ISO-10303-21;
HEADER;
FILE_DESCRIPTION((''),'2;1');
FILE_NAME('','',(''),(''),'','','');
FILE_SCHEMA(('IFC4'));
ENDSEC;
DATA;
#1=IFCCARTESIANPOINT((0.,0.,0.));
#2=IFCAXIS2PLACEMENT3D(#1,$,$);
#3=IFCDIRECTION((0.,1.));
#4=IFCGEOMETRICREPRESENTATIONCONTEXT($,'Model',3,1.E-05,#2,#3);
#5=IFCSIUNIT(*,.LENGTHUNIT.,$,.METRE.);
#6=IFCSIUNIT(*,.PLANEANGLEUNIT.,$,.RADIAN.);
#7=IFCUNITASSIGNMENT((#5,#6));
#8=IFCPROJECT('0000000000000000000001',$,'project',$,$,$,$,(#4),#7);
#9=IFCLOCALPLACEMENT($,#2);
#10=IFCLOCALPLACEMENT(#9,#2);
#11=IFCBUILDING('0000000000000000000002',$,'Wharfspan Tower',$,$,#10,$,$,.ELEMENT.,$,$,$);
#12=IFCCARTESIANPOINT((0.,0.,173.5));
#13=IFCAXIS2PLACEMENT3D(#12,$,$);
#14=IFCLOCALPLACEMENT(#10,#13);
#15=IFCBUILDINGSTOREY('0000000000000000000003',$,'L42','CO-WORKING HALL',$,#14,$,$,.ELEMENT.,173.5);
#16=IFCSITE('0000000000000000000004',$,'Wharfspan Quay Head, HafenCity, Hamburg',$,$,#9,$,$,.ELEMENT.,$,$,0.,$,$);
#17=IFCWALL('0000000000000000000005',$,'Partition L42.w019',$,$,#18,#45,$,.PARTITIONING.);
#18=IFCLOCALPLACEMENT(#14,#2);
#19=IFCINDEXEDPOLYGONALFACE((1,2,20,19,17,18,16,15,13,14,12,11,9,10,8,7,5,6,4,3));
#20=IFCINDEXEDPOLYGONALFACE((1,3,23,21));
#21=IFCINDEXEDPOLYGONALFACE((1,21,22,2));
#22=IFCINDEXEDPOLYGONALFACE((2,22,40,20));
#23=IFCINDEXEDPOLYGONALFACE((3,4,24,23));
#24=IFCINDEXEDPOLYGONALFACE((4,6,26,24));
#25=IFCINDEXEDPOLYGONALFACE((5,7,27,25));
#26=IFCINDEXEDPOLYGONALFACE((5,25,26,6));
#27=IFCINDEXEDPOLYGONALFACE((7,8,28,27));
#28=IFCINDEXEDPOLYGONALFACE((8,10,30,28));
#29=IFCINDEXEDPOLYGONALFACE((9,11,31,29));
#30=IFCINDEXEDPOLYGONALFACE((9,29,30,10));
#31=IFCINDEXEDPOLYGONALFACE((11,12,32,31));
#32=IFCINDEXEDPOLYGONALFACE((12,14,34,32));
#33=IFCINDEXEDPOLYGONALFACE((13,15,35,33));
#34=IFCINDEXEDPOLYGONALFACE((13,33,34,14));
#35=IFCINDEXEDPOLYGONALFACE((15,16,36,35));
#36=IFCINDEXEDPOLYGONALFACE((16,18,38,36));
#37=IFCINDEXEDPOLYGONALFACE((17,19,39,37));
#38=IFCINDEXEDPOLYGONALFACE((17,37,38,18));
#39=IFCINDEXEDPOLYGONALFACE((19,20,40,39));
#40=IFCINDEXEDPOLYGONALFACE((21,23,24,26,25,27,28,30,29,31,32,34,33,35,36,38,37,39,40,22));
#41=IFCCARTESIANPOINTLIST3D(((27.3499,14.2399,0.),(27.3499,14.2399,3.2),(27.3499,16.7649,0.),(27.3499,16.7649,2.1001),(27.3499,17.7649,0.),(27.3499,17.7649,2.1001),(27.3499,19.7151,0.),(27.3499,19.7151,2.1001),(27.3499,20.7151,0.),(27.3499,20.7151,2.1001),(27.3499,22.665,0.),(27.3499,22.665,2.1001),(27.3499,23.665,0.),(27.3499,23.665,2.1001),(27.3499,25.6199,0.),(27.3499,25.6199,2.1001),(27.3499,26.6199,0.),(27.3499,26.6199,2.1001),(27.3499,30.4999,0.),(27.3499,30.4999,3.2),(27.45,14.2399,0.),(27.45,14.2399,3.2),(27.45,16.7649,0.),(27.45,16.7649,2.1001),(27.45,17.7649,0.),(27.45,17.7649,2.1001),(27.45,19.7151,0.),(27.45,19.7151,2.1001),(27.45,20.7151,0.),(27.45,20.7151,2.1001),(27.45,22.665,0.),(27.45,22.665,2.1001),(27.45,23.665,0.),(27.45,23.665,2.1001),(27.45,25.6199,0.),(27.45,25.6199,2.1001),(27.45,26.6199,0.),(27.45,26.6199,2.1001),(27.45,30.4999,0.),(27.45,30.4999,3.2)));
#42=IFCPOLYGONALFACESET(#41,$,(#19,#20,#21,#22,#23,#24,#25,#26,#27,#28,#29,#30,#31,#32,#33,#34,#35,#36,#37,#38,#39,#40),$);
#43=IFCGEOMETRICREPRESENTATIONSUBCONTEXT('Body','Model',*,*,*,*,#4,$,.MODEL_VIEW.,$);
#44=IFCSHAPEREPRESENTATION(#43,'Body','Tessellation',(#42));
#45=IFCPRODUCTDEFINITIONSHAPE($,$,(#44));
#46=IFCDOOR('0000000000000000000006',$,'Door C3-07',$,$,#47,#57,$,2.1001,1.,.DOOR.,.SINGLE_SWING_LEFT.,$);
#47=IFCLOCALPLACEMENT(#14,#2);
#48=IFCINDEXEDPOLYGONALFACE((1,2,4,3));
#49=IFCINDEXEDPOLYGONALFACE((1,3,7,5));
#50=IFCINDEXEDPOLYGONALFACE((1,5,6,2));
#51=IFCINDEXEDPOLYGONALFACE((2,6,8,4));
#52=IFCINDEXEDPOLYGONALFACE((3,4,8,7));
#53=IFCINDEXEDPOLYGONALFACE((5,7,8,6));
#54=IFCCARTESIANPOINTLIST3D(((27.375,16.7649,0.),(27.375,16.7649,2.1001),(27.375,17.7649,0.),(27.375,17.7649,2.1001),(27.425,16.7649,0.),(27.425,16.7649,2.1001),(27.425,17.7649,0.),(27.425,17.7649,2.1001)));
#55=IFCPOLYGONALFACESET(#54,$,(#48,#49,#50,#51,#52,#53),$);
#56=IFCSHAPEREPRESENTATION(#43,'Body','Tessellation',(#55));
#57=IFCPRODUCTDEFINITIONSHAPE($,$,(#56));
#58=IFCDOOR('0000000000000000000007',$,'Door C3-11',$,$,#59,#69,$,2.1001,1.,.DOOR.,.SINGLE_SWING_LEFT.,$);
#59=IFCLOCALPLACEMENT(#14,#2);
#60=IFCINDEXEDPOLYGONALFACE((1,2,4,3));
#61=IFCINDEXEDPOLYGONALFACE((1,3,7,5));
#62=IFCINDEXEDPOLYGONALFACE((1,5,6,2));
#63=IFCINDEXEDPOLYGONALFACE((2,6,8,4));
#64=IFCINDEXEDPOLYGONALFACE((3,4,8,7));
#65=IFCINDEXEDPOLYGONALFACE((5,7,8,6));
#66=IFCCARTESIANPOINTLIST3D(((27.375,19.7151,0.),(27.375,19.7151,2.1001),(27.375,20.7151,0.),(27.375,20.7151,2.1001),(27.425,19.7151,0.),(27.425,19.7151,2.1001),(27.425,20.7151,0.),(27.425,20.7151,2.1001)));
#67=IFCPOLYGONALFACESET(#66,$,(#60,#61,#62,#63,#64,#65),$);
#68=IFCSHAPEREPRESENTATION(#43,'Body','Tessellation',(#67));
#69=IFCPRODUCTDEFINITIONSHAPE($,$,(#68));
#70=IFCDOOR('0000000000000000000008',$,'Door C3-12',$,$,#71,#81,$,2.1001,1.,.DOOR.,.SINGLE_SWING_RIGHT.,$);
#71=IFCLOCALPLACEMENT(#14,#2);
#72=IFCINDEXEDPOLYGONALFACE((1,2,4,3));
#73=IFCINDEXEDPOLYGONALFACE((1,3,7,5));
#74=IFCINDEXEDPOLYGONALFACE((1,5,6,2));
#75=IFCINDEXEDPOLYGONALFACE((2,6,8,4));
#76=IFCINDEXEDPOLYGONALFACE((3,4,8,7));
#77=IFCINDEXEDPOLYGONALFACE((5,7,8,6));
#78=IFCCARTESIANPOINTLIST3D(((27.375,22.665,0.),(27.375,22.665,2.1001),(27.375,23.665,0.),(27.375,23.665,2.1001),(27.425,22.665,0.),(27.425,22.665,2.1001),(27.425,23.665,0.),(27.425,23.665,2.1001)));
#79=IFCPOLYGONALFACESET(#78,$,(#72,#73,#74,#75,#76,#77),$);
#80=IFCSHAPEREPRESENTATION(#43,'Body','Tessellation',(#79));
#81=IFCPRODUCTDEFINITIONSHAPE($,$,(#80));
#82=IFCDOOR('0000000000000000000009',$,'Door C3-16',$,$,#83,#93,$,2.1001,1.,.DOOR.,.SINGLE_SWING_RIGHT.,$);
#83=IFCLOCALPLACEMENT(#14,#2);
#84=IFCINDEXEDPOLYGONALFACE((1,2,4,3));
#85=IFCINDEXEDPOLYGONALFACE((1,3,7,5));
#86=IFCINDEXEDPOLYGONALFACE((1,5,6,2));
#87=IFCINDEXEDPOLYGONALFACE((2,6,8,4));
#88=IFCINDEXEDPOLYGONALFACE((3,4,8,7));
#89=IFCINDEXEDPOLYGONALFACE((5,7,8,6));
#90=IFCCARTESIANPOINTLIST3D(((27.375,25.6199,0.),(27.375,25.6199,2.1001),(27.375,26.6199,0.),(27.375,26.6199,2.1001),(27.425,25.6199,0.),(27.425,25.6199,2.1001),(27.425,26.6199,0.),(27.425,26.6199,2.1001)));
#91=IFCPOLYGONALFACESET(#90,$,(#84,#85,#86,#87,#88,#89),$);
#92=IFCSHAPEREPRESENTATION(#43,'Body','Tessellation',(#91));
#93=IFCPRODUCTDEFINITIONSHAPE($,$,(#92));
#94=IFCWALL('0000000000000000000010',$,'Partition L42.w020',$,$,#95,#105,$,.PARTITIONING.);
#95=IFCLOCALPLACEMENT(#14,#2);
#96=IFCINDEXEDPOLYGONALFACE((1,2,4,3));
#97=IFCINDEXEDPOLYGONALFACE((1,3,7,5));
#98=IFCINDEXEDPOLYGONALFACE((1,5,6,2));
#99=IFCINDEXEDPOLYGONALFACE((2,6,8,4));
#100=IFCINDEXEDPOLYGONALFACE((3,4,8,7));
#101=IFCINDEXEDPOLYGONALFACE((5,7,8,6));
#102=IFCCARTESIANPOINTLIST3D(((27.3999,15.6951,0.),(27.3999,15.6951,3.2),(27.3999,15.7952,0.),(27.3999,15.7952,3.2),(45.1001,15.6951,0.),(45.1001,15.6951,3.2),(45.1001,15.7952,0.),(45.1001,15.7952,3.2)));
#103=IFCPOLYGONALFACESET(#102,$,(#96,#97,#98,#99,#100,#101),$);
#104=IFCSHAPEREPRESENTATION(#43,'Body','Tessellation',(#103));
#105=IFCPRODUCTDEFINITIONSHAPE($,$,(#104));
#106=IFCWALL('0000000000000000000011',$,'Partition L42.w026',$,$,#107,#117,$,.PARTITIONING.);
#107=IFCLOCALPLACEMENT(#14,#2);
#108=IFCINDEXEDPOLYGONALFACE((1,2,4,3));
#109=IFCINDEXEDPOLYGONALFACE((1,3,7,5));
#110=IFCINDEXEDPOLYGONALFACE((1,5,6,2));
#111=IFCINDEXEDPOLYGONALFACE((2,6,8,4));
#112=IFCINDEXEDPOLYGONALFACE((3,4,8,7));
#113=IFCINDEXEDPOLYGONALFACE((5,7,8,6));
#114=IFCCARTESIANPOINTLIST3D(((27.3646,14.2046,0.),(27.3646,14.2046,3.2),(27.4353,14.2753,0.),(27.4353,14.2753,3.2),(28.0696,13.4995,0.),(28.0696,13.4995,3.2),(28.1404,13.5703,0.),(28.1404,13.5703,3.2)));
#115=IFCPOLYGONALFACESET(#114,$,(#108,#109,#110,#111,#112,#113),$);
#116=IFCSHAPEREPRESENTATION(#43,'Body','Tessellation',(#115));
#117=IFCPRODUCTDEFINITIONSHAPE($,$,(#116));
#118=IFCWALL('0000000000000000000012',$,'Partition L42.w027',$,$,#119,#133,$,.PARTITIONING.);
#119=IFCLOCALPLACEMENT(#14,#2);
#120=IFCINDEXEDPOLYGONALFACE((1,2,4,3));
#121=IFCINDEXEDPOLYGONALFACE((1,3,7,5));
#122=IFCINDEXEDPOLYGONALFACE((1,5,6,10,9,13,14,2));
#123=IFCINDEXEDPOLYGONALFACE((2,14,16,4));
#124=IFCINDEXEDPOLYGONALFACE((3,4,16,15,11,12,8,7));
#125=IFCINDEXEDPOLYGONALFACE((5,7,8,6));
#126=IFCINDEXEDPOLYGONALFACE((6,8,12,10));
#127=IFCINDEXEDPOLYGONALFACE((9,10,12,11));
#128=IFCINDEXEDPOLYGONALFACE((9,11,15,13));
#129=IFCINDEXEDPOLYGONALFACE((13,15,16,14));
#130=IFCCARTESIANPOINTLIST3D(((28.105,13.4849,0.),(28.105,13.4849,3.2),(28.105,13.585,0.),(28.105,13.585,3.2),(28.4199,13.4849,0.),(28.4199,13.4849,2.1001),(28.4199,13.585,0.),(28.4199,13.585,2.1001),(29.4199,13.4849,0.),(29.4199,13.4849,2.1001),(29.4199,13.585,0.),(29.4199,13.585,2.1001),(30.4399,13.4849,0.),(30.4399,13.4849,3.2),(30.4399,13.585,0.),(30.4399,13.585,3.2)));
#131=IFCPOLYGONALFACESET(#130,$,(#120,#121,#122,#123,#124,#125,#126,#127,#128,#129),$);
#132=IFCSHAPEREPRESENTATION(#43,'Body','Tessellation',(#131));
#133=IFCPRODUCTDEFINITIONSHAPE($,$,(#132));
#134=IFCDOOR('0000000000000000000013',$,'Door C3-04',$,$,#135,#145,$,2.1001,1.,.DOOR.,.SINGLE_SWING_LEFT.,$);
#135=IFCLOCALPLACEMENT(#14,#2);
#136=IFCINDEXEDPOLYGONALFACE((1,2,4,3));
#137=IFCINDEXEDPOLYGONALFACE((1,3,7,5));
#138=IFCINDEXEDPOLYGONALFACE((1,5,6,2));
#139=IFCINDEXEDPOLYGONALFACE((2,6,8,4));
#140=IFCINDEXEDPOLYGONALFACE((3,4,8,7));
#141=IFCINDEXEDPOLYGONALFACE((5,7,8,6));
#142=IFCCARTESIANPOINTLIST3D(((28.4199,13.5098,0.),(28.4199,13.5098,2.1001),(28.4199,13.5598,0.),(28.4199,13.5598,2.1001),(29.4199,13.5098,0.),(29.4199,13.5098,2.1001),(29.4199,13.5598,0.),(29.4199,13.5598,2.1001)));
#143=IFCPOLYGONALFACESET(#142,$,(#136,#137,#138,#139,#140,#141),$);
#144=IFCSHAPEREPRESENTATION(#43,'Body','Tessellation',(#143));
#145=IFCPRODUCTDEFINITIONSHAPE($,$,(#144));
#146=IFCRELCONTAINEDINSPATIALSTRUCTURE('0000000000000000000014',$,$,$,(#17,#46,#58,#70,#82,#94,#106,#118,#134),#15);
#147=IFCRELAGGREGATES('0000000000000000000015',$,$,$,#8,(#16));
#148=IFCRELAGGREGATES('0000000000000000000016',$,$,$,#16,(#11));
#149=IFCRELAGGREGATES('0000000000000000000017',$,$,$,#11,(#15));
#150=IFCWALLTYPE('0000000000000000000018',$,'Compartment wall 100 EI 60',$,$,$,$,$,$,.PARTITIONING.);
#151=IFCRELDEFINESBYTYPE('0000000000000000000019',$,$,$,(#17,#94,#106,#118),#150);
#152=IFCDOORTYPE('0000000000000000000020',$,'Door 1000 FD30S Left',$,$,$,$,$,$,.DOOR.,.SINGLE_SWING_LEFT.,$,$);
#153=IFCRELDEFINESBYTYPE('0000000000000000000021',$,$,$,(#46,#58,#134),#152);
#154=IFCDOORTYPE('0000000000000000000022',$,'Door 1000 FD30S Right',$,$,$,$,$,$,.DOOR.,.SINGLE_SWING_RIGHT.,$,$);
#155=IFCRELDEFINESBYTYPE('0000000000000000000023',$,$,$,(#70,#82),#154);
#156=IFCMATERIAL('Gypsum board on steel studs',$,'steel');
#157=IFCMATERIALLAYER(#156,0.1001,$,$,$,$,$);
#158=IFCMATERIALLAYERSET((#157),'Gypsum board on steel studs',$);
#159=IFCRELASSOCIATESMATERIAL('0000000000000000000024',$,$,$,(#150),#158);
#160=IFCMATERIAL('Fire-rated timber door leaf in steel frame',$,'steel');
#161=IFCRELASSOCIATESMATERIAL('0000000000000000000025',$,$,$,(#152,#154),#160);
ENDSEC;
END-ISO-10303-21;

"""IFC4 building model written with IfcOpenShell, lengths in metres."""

from ifc_helpers import new_model, si_unit, direction, frame, frame_2d, origin, place, context, subcontext, project, spatial, rectangle, extrude, material, layer, layer_set, type_object, element, fill, save


model = new_model("IFC4")

# Units and contexts
model_context = context("Model", 3, precision=1e-05, world=origin(), true_north=direction((0.0, 1.0)))
body_context = subcontext(model_context, "Body", "Model", "MODEL_VIEW")
ifc_project = project(units=[si_unit("LENGTHUNIT", "METRE"), si_unit("PLANEANGLEUNIT", "RADIAN")], contexts=[model_context])

# Site, building, storey
site_placement = place(None, origin())
site = spatial("IfcSite", under=ifc_project, at=site_placement, Name="Wharfspan Quay Head, HafenCity, Hamburg", CompositionType="ELEMENT", RefElevation=0.0)
building_placement = place(site_placement, origin())
building = spatial("IfcBuilding", under=site, at=building_placement, Name="Wharfspan Tower", CompositionType="ELEMENT")
storey_placement = place(building_placement, frame((0.0, 0.0, 173.5)))
storey = spatial("IfcBuildingStorey", under=building, at=storey_placement, Name="L42", Description="CO-WORKING HALL", CompositionType="ELEMENT", Elevation=173.5)

# Shared definitions
ifc_material_1 = material(Name="Gypsum board on steel studs", Category="steel")
ifc_layer_1 = layer(ifc_material_1, 0.1001)
ifc_layer_set_1 = layer_set([ifc_layer_1], Name="Gypsum board on steel studs")
wall_type_1 = type_object("IfcWallType", Name="Compartment wall 100 EI 60", PredefinedType="PARTITIONING", material=ifc_layer_set_1)

# Wall, openings, doors
ifc_material_2 = material(Name="Fire-rated timber door leaf in steel frame", Category="steel")
door_type_1 = type_object("IfcDoorType", Name="Door 1000 FD30S Left", OperationType="SINGLE_SWING_LEFT", PredefinedType="DOOR", material=ifc_material_2)
door_type_2 = type_object("IfcDoorType", Name="Door 1000 FD30S Right", OperationType="SINGLE_SWING_RIGHT", PredefinedType="DOOR", material=ifc_material_2)
wall_1_placement = place(storey_placement, frame((27.3999, 14.24, 0.0), z_axis=(0.0, 0.0, 1.0), x_axis=(0.0, 1.0, 0.0)))
wall_1 = element("IfcWall", 1, at=wall_1_placement, inside=storey, type_object=wall_type_1, Name="Partition L42.w019", PredefinedType="PARTITIONING", context=body_context, shape_type="SweptSolid", body=[
    extrude(rectangle(XDim=16.26, YDim=0.1001, at=frame_2d((8.1299, 0.0))), origin(), (0.0, 0.0, 1.0), 3.2),
])
opening_1_placement = place(wall_1_placement, frame((2.5249, 0.0, 0.0)))
opening_1 = element("IfcOpeningElement", 2, at=opening_1_placement, cuts=wall_1, PredefinedType="OPENING", context=body_context, shape_type="SweptSolid", body=[
    extrude(rectangle(XDim=1.0, YDim=2.1001, at=frame_2d((0.5, 1.05))), frame((0.0, 0.0601, 0.0), z_axis=(0.0, -1.0, 0.0), x_axis=(1.0, 0.0, 0.0)), (0.0, 0.0, 1.0), 0.1201),
])
opening_2_placement = place(wall_1_placement, frame((5.4751, 0.0, 0.0)))
opening_2 = element("IfcOpeningElement", 3, at=opening_2_placement, cuts=wall_1, PredefinedType="OPENING", context=body_context, shape_type="SweptSolid", body=[
    extrude(rectangle(XDim=1.0, YDim=2.1001, at=frame_2d((0.5, 1.05))), frame((0.0, 0.0601, 0.0), z_axis=(0.0, -1.0, 0.0), x_axis=(1.0, 0.0, 0.0)), (0.0, 0.0, 1.0), 0.1201),
])
opening_3_placement = place(wall_1_placement, frame((8.425, 0.0, 0.0)))
opening_3 = element("IfcOpeningElement", 4, at=opening_3_placement, cuts=wall_1, PredefinedType="OPENING", context=body_context, shape_type="SweptSolid", body=[
    extrude(rectangle(XDim=1.0, YDim=2.1001, at=frame_2d((0.5, 1.05))), frame((0.0, 0.0601, 0.0), z_axis=(0.0, -1.0, 0.0), x_axis=(1.0, 0.0, 0.0)), (0.0, 0.0, 1.0), 0.1201),
])
opening_4_placement = place(wall_1_placement, frame((11.3799, 0.0, 0.0)))
opening_4 = element("IfcOpeningElement", 5, at=opening_4_placement, cuts=wall_1, PredefinedType="OPENING", context=body_context, shape_type="SweptSolid", body=[
    extrude(rectangle(XDim=1.0, YDim=2.1001, at=frame_2d((0.5, 1.05))), frame((0.0, 0.0601, 0.0), z_axis=(0.0, -1.0, 0.0), x_axis=(1.0, 0.0, 0.0)), (0.0, 0.0, 1.0), 0.1201),
])
door_1_placement = place(opening_1_placement, origin())
door_1 = element("IfcDoor", 6, at=door_1_placement, inside=storey, type_object=door_type_1, Name="Door C3-07", OperationType="SINGLE_SWING_LEFT", OverallHeight=2.1001, OverallWidth=1.0, PredefinedType="DOOR", context=body_context, shape_type="SweptSolid", body=[
    extrude(rectangle(XDim=1.0, YDim=2.1001, at=frame_2d((0.5, 1.05))), frame((0.0, 0.0249, 0.0), z_axis=(0.0, -1.0, 0.0), x_axis=(1.0, 0.0, 0.0)), (0.0, 0.0, 1.0), 0.05),
])
fill(opening_1, door_1)
door_2_placement = place(opening_2_placement, origin())
door_2 = element("IfcDoor", 7, at=door_2_placement, inside=storey, type_object=door_type_1, Name="Door C3-11", OperationType="SINGLE_SWING_LEFT", OverallHeight=2.1001, OverallWidth=1.0, PredefinedType="DOOR", context=body_context, shape_type="SweptSolid", body=[
    extrude(rectangle(XDim=1.0, YDim=2.1001, at=frame_2d((0.5, 1.05))), frame((0.0, 0.0249, 0.0), z_axis=(0.0, -1.0, 0.0), x_axis=(1.0, 0.0, 0.0)), (0.0, 0.0, 1.0), 0.05),
])
fill(opening_2, door_2)
door_3_placement = place(opening_3_placement, origin())
door_3 = element("IfcDoor", 8, at=door_3_placement, inside=storey, type_object=door_type_2, Name="Door C3-12", OperationType="SINGLE_SWING_RIGHT", OverallHeight=2.1001, OverallWidth=1.0, PredefinedType="DOOR", context=body_context, shape_type="SweptSolid", body=[
    extrude(rectangle(XDim=1.0, YDim=2.1001, at=frame_2d((0.5, 1.05))), frame((0.0, 0.0249, 0.0), z_axis=(0.0, -1.0, 0.0), x_axis=(1.0, 0.0, 0.0)), (0.0, 0.0, 1.0), 0.05),
])
fill(opening_3, door_3)
door_4_placement = place(opening_4_placement, origin())
door_4 = element("IfcDoor", 9, at=door_4_placement, inside=storey, type_object=door_type_2, Name="Door C3-16", OperationType="SINGLE_SWING_RIGHT", OverallHeight=2.1001, OverallWidth=1.0, PredefinedType="DOOR", context=body_context, shape_type="SweptSolid", body=[
    extrude(rectangle(XDim=1.0, YDim=2.1001, at=frame_2d((0.5, 1.05))), frame((0.0, 0.0249, 0.0), z_axis=(0.0, -1.0, 0.0), x_axis=(1.0, 0.0, 0.0)), (0.0, 0.0, 1.0), 0.05),
])
fill(opening_4, door_4)

# Walls
wall_2_placement = place(storey_placement, frame((27.3999, 15.7451, 0.0), z_axis=(0.0, 0.0, 1.0), x_axis=(1.0, 0.0, 0.0)))
element("IfcWall", 10, at=wall_2_placement, inside=storey, type_object=wall_type_1, Name="Partition L42.w020", PredefinedType="PARTITIONING", context=body_context, shape_type="SweptSolid", body=[
    extrude(rectangle(XDim=17.7002, YDim=0.1001, at=frame_2d((8.8501, 0.0))), origin(), (0.0, 0.0, 1.0), 3.2),
])
wall_3_placement = place(storey_placement, frame((28.105, 13.5349, 0.0), z_axis=(0.0, 0.0, 1.0), x_axis=(-0.707107, 0.707107, 0.0)))
element("IfcWall", 11, at=wall_3_placement, inside=storey, type_object=wall_type_1, Name="Partition L42.w026", PredefinedType="PARTITIONING", context=body_context, shape_type="SweptSolid", body=[
    extrude(rectangle(XDim=0.9971, YDim=0.1001, at=frame_2d((0.4985, 0.0))), origin(), (0.0, 0.0, 1.0), 3.2),
])

# Wall, opening, door
wall_4_placement = place(storey_placement, frame((28.105, 13.5349, 0.0), z_axis=(0.0, 0.0, 1.0), x_axis=(1.0, 0.0, 0.0)))
wall_4 = element("IfcWall", 12, at=wall_4_placement, inside=storey, type_object=wall_type_1, Name="Partition L42.w027", PredefinedType="PARTITIONING", context=body_context, shape_type="SweptSolid", body=[
    extrude(rectangle(XDim=2.335, YDim=0.1001, at=frame_2d((1.1675, 0.0))), origin(), (0.0, 0.0, 1.0), 3.2),
])
opening_5_placement = place(wall_4_placement, frame((0.3149, 0.0, 0.0)))
opening_5 = element("IfcOpeningElement", 13, at=opening_5_placement, cuts=wall_4, PredefinedType="OPENING", context=body_context, shape_type="SweptSolid", body=[
    extrude(rectangle(XDim=1.0, YDim=2.1001, at=frame_2d((0.5, 1.05))), frame((0.0, 0.0601, 0.0), z_axis=(0.0, -1.0, 0.0), x_axis=(1.0, 0.0, 0.0)), (0.0, 0.0, 1.0), 0.1201),
])
door_5_placement = place(opening_5_placement, origin())
door_5 = element("IfcDoor", 14, at=door_5_placement, inside=storey, type_object=door_type_1, Name="Door C3-04", OperationType="SINGLE_SWING_LEFT", OverallHeight=2.1001, OverallWidth=1.0, PredefinedType="DOOR", context=body_context, shape_type="SweptSolid", body=[
    extrude(rectangle(XDim=1.0, YDim=2.1001, at=frame_2d((0.5, 1.05))), frame((0.0, 0.0249, 0.0), z_axis=(0.0, -1.0, 0.0), x_axis=(1.0, 0.0, 0.0)), (0.0, 0.0, 1.0), 0.05),
])
fill(opening_5, door_5)

save(model, "model.ifc")
